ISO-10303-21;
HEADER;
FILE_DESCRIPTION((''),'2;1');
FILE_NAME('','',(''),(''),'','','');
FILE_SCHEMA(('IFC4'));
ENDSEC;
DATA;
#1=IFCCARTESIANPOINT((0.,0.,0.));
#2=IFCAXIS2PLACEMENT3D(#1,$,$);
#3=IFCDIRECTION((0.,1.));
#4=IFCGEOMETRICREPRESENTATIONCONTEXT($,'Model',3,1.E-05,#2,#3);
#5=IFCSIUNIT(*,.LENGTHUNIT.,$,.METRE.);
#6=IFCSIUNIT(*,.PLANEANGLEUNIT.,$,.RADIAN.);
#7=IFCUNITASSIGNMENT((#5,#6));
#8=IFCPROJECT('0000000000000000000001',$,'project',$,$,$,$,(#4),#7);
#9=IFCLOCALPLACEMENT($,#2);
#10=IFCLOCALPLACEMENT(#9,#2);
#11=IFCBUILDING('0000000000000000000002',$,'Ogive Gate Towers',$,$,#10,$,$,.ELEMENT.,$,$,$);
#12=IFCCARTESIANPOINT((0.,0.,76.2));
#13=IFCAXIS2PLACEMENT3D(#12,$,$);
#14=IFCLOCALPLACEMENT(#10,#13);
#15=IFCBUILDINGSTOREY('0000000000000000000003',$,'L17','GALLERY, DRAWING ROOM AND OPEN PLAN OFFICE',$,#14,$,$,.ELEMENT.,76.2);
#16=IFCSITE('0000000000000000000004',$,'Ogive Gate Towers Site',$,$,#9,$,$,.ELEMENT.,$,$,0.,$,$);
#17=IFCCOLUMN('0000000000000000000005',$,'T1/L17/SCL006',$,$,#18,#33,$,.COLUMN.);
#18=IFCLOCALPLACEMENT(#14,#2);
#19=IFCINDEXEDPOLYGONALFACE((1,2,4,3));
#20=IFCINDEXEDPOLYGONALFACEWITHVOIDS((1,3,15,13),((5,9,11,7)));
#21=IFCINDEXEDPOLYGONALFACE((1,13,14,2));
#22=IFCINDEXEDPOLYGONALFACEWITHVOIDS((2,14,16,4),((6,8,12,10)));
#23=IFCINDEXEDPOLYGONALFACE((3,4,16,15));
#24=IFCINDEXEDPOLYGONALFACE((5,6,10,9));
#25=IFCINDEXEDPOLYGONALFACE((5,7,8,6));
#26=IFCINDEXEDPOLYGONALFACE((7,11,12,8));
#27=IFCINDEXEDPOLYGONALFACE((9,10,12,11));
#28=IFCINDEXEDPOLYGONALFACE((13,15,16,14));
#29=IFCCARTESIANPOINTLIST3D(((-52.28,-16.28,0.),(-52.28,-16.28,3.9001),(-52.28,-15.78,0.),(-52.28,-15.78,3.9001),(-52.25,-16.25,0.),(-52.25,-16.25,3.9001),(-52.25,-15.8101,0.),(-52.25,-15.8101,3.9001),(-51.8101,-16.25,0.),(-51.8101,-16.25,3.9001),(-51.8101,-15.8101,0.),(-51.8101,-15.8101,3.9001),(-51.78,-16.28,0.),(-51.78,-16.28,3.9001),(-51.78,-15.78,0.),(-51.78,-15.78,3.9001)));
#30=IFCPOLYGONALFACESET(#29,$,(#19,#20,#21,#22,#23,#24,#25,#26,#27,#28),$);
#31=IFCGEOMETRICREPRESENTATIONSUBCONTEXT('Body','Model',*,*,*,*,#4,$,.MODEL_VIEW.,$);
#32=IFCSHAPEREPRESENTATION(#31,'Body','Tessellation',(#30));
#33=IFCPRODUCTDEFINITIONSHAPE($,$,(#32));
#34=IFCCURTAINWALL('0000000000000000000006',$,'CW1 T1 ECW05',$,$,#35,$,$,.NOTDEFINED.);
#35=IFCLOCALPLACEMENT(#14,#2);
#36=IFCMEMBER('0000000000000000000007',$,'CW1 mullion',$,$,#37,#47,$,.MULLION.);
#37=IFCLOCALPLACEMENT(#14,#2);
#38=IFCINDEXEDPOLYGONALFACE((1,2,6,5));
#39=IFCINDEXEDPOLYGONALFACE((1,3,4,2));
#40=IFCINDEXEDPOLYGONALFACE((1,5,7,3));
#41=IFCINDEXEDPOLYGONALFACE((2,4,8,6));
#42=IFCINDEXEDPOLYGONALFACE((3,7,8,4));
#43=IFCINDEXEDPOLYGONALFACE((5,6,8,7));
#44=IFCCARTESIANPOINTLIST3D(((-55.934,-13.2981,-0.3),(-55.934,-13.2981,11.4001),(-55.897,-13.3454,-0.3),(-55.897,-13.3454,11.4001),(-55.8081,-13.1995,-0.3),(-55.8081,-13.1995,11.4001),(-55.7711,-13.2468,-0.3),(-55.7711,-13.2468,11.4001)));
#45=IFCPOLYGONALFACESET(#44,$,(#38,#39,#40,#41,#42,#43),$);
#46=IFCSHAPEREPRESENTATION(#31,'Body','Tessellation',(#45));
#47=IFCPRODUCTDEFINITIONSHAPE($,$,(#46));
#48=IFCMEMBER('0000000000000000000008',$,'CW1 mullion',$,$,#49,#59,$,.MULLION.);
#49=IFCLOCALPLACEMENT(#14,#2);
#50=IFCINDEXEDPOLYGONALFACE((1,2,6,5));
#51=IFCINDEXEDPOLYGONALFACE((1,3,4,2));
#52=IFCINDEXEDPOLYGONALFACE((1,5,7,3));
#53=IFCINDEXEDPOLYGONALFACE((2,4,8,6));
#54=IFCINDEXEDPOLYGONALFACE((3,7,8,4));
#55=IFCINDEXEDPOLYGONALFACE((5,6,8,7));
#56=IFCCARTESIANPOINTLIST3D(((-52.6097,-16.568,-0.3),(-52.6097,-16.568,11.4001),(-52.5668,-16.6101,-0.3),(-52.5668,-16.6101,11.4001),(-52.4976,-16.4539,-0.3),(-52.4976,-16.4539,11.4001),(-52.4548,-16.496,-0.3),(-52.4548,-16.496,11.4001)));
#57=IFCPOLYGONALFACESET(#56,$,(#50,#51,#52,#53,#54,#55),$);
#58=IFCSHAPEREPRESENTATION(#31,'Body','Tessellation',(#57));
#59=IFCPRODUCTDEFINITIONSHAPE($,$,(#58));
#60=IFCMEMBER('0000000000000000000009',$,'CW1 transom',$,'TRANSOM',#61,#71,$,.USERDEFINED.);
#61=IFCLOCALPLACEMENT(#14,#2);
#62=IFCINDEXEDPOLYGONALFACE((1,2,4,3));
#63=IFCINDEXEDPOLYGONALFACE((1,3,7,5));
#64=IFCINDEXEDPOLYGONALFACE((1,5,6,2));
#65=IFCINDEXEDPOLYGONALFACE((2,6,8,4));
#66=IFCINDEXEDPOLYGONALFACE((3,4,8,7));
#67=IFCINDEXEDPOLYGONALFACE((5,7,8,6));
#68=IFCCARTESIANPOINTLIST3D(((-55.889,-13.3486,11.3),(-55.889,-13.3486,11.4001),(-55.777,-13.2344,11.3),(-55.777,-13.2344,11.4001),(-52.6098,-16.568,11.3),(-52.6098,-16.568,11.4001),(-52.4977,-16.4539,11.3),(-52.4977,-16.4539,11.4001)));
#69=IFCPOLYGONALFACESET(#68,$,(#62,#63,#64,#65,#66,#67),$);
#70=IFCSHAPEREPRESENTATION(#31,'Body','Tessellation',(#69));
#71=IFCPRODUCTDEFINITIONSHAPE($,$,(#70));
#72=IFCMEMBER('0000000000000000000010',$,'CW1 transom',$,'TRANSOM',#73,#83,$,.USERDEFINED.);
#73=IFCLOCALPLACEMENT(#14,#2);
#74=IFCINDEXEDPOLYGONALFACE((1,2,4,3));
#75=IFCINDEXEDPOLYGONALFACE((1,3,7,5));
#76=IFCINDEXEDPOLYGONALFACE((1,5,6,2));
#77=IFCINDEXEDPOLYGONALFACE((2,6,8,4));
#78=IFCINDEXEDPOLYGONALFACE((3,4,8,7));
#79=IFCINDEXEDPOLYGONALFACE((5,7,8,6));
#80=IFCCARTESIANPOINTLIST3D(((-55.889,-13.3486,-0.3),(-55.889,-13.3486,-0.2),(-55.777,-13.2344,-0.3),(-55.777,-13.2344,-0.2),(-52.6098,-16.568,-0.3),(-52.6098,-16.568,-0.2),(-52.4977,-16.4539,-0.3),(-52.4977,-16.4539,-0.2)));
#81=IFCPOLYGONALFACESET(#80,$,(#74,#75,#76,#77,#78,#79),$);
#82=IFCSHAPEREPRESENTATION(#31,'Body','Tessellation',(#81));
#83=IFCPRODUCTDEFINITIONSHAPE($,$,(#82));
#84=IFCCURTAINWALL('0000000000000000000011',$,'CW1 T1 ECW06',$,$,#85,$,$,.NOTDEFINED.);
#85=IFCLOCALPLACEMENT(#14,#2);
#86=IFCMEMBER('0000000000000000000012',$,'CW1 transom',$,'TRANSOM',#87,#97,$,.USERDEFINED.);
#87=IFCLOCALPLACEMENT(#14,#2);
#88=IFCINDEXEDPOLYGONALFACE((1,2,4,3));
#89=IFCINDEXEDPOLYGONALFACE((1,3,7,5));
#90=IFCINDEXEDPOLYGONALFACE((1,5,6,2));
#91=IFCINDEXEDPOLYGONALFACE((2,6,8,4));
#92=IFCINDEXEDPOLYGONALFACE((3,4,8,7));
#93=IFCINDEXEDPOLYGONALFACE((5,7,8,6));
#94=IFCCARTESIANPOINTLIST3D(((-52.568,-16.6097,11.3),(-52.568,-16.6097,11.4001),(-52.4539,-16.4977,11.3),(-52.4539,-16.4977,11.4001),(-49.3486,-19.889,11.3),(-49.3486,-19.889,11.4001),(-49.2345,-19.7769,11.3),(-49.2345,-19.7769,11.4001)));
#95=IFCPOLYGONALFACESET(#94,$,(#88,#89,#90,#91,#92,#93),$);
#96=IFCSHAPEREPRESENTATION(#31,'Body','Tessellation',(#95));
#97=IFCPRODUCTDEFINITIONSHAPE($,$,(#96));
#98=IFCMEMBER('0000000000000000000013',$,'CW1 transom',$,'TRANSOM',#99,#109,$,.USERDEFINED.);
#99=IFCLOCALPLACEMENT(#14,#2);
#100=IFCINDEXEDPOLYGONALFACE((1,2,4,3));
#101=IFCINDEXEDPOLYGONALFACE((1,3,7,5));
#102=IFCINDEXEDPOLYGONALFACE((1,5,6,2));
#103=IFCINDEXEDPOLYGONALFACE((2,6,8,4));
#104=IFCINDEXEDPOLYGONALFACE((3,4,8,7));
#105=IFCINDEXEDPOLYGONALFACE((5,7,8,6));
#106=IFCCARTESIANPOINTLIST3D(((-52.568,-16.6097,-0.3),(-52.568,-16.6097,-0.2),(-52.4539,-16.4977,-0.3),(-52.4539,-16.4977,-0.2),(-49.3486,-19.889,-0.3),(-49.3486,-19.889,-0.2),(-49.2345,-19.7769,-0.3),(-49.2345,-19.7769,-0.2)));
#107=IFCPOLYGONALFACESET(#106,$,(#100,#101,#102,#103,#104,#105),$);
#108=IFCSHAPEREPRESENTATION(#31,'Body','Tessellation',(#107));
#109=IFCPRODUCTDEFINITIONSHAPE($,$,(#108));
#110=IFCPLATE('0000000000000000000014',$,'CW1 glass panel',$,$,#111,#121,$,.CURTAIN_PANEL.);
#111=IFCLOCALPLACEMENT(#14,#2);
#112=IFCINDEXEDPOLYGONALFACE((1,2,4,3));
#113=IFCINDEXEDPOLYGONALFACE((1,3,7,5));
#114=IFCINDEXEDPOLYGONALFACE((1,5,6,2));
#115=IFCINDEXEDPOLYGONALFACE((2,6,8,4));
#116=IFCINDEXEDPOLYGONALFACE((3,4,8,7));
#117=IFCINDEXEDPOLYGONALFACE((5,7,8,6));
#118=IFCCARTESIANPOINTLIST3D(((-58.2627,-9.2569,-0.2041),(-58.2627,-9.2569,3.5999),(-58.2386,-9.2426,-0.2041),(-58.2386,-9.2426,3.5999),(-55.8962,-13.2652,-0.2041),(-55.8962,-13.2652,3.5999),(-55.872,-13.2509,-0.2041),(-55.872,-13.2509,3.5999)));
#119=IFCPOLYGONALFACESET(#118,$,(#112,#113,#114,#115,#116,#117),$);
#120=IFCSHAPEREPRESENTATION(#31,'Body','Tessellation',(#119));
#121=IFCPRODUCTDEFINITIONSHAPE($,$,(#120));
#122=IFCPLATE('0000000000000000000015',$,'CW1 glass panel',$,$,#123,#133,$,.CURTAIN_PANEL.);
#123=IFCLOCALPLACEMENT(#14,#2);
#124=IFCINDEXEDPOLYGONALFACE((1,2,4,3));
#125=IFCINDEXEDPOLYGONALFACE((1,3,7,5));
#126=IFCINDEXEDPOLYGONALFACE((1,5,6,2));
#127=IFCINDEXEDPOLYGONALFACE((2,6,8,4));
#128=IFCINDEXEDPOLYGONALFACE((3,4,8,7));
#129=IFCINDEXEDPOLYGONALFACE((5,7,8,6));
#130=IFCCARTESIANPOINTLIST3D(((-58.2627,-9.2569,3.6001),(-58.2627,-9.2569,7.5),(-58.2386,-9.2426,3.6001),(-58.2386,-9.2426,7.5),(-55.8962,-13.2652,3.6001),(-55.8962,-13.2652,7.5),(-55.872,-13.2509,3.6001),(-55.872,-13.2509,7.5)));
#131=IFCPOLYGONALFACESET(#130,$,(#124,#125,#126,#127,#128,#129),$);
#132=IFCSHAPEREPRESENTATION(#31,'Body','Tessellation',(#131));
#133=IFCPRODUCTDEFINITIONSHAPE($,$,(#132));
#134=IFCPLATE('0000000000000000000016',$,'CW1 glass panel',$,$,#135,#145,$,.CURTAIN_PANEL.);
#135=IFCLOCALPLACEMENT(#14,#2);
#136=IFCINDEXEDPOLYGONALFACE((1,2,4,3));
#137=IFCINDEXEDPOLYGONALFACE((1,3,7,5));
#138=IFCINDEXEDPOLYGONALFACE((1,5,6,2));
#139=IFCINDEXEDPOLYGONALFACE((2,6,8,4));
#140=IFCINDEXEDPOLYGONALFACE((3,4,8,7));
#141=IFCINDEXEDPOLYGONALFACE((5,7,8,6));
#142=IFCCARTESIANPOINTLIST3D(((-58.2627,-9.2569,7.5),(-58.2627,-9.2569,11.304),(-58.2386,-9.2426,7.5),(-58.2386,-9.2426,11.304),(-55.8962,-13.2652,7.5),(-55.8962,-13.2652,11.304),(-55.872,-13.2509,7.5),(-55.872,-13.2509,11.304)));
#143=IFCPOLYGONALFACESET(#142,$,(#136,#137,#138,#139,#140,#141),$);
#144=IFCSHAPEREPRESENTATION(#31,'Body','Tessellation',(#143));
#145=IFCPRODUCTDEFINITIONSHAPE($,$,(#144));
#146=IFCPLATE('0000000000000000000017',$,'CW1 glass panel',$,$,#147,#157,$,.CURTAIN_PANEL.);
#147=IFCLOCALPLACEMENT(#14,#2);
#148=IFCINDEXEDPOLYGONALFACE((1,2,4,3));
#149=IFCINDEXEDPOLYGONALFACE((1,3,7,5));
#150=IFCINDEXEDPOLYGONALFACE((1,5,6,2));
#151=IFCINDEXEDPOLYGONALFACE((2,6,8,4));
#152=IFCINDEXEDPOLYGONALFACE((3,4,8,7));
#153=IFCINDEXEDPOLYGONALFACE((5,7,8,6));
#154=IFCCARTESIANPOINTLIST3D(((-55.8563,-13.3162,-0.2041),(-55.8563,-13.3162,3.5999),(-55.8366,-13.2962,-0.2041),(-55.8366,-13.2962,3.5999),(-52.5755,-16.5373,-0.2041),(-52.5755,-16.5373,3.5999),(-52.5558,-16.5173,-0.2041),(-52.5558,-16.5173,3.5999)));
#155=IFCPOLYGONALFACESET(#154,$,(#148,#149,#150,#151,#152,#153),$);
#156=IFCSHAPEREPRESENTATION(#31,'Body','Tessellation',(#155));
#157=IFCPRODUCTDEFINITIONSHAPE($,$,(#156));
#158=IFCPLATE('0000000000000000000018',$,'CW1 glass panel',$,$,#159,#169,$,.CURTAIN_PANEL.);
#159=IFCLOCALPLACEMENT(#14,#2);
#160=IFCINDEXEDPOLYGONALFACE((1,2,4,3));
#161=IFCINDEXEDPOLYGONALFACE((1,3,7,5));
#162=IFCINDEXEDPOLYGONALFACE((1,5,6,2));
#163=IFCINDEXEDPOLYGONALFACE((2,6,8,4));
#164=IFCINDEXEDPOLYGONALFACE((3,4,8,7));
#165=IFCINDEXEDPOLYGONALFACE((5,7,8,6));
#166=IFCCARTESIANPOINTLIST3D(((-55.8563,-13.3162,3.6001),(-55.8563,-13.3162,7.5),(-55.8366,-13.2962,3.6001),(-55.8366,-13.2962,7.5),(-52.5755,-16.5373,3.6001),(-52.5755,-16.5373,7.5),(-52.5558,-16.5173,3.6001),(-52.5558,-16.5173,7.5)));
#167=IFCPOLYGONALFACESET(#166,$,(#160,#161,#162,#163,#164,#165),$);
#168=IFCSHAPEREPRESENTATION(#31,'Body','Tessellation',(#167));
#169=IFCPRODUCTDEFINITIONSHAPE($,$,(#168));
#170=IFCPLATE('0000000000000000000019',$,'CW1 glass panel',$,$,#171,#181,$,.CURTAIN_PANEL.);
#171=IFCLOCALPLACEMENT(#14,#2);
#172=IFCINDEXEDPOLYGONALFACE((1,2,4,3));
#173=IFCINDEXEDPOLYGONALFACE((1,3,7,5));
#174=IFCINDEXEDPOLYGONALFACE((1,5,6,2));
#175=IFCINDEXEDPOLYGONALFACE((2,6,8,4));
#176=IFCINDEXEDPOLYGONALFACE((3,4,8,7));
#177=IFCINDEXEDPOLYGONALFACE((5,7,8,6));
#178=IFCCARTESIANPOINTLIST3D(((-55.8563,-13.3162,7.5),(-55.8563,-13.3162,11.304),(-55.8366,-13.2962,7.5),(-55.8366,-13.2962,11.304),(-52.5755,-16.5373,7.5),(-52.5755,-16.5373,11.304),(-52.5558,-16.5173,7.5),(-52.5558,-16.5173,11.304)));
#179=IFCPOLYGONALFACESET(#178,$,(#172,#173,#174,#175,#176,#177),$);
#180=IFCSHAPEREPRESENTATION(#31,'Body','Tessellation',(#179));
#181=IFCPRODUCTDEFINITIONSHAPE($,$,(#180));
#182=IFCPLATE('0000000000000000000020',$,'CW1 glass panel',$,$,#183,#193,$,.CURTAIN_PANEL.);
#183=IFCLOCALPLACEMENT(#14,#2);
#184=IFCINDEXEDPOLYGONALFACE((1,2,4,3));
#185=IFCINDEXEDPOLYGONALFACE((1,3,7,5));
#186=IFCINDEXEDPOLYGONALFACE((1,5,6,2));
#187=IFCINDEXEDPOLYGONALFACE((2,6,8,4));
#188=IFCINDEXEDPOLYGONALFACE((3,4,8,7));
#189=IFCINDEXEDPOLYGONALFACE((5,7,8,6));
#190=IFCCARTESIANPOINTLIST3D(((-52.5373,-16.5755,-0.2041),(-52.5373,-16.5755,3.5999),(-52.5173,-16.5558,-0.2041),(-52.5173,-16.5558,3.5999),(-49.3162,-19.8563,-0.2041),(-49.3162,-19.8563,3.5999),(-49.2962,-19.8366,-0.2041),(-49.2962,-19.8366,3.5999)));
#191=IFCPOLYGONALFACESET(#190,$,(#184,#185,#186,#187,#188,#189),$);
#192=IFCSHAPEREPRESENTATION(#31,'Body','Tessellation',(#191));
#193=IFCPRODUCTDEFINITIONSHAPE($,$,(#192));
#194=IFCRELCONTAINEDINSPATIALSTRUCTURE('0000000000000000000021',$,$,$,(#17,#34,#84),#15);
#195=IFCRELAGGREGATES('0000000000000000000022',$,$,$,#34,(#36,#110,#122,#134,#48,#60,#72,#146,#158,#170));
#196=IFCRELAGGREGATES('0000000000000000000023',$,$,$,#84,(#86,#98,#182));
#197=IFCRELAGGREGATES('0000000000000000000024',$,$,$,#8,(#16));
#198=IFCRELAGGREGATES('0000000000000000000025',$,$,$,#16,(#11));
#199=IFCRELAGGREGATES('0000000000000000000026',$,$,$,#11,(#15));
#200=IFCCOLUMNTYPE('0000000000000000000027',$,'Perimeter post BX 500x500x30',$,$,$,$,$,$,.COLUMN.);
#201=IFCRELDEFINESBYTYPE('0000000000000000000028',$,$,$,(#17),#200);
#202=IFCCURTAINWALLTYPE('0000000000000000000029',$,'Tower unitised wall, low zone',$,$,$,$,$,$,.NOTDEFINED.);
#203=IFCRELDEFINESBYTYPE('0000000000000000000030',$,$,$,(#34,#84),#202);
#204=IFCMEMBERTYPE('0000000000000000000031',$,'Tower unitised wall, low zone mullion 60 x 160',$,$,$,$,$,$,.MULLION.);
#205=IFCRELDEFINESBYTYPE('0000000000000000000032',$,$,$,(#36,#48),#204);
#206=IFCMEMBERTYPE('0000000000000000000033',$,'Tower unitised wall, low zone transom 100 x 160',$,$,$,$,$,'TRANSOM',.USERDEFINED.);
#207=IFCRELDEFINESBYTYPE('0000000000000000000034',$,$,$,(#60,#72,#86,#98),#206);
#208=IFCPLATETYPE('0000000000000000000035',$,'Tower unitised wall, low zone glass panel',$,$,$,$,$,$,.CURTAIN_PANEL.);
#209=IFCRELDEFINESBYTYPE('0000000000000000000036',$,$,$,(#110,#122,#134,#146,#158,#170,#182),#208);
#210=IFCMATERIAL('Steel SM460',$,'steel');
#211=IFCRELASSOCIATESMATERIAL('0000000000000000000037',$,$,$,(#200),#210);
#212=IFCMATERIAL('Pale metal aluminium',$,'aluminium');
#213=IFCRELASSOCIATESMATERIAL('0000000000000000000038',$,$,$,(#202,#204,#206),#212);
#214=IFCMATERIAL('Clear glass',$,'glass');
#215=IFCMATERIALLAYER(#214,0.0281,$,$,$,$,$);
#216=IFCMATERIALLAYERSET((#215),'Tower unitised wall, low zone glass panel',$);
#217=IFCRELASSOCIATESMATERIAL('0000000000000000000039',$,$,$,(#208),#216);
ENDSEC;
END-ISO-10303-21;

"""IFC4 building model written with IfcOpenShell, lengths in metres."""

from ifc_helpers import new_model, si_unit, direction, frame, origin, origin_2d, place, context, subcontext, project, spatial, rectangle, hollow_rectangle, extrude, material, layer, layer_set, material_profile, profile_set, type_object, element, aggregate, save


model = new_model("IFC4")

# Units and contexts
model_context = context("Model", 3, precision=1e-05, world=origin(), true_north=direction((0.0, 1.0)))
body_context = subcontext(model_context, "Body", "Model", "MODEL_VIEW")
ifc_project = project(units=[si_unit("LENGTHUNIT", "METRE"), si_unit("PLANEANGLEUNIT", "RADIAN")], contexts=[model_context])

# Site, building, storey
site_placement = place(None, origin())
site = spatial("IfcSite", under=ifc_project, at=site_placement, Name="Ogive Gate Towers Site", CompositionType="ELEMENT", RefElevation=0.0)
building_placement = place(site_placement, origin())
building = spatial("IfcBuilding", under=site, at=building_placement, Name="Ogive Gate Towers", CompositionType="ELEMENT")
storey_placement = place(building_placement, frame((0.0, 0.0, 76.2)))
storey = spatial("IfcBuildingStorey", under=building, at=storey_placement, Name="L17", Description="GALLERY, DRAWING ROOM AND OPEN PLAN OFFICE", CompositionType="ELEMENT", Elevation=76.2)

# Column
ifc_material_1 = material(Name="Steel SM460", Category="steel")
ifc_material_profile_1 = material_profile(ifc_material_1, hollow_rectangle(XDim=0.5, YDim=0.5, WallThickness=0.03, at=origin_2d()), Name="BX 500x500x30")
ifc_profile_set_1 = profile_set([ifc_material_profile_1], Name="Steel SM460")
column_type = type_object("IfcColumnType", Name="Perimeter post BX 500x500x30", PredefinedType="COLUMN", material=ifc_profile_set_1)
column_placement = place(storey_placement, frame((-52.03, -16.03, 0.0), z_axis=(0.0, 0.0, 1.0), x_axis=(1.0, 0.0, 0.0)))
element("IfcColumn", 1, at=column_placement, inside=storey, type_object=column_type, Name="T1/L17/SCL006", PredefinedType="COLUMN", context=body_context, shape_type="SweptSolid", body=[
    extrude(hollow_rectangle(XDim=0.5, YDim=0.5, WallThickness=0.03, at=origin_2d()), origin(), (0.0, 0.0, 1.0), 3.9001),
])

# Curtain walls, members
ifc_material_2 = material(Name="Pale metal aluminium", Category="aluminium")
curtain_wall_type = type_object("IfcCurtainWallType", Name="Tower unitised wall, low zone", PredefinedType="NOTDEFINED", material=ifc_material_2)
curtain_wall_1_placement = place(storey_placement, origin())
curtain_wall_1 = element("IfcCurtainWall", 2, at=curtain_wall_1_placement, inside=storey, type_object=curtain_wall_type, Name="CW1 T1 ECW05", PredefinedType="NOTDEFINED")
ifc_material_profile_2 = material_profile(ifc_material_2, rectangle(XDim=0.1599, YDim=0.0601, at=origin_2d()), Name="60 x 160 aluminium box")
ifc_profile_set_2 = profile_set([ifc_material_profile_2], Name="Pale metal aluminium")
member_type_1 = type_object("IfcMemberType", Name="Tower unitised wall, low zone mullion 60 x 160", PredefinedType="MULLION", material=ifc_profile_set_2)
member_1_placement = place(storey_placement, frame((-55.8525, -13.2725, -0.3), z_axis=(0.0, 0.0, 1.0), x_axis=(-0.787559, -0.616239, 0.0)))
member_1 = element("IfcMember", 3, at=member_1_placement, type_object=member_type_1, Name="CW1 mullion", PredefinedType="MULLION", context=body_context, shape_type="SweptSolid", body=[
    extrude(rectangle(XDim=0.1599, YDim=0.0601, at=origin_2d()), origin(), (0.0, 0.0, 1.0), 11.7002),
])
member_2_placement = place(storey_placement, frame((-52.5322, -16.532, -0.3), z_axis=(0.0, 0.0, 1.0), x_axis=(-0.700586, -0.713568, 0.0)))
member_2 = element("IfcMember", 4, at=member_2_placement, type_object=member_type_1, Name="CW1 mullion", PredefinedType="MULLION", context=body_context, shape_type="SweptSolid", body=[
    extrude(rectangle(XDim=0.1599, YDim=0.0601, at=origin_2d()), origin(), (0.0, 0.0, 1.0), 11.7002),
])
ifc_material_profile_3 = material_profile(ifc_material_2, rectangle(XDim=0.1599, YDim=0.1001, at=origin_2d()), Name="100 x 160 aluminium box")
ifc_profile_set_3 = profile_set([ifc_material_profile_3], Name="Pale metal aluminium")
member_type_2 = type_object("IfcMemberType", Name="Tower unitised wall, low zone transom 100 x 160", ElementType="TRANSOM", PredefinedType="USERDEFINED", material=ifc_profile_set_3)
member_3_placement = place(storey_placement, frame((-55.833, -13.2915, 11.3501), z_axis=(0.713585, -0.700569, 0.0), x_axis=(0.700569, 0.713585, 0.0)))
member_3 = element("IfcMember", 5, at=member_3_placement, type_object=member_type_2, Name="CW1 transom", ObjectType="TRANSOM", PredefinedType="USERDEFINED", context=body_context, shape_type="SweptSolid", body=[
    extrude(rectangle(XDim=0.1599, YDim=0.1001, at=origin_2d()), origin(), (0.0, 0.0, 1.0), 4.5955),
])
member_4_placement = place(storey_placement, frame((-55.833, -13.2915, -0.25), z_axis=(0.713585, -0.700569, 0.0), x_axis=(0.700569, 0.713585, 0.0)))
member_4 = element("IfcMember", 6, at=member_4_placement, type_object=member_type_2, Name="CW1 transom", ObjectType="TRANSOM", PredefinedType="USERDEFINED", context=body_context, shape_type="SweptSolid", body=[
    extrude(rectangle(XDim=0.1599, YDim=0.1001, at=origin_2d()), origin(), (0.0, 0.0, 1.0), 4.5955),
])
curtain_wall_2_placement = place(storey_placement, origin())
curtain_wall_2 = element("IfcCurtainWall", 7, at=curtain_wall_2_placement, inside=storey, type_object=curtain_wall_type, Name="CW1 T1 ECW06", PredefinedType="NOTDEFINED")
member_5_placement = place(storey_placement, frame((-52.511, -16.5537, 11.3501), z_axis=(0.700569, -0.713585, 0.0), x_axis=(0.713585, 0.700569, 0.0)))
member_5 = element("IfcMember", 8, at=member_5_placement, type_object=member_type_2, Name="CW1 transom", ObjectType="TRANSOM", PredefinedType="USERDEFINED", context=body_context, shape_type="SweptSolid", body=[
    extrude(rectangle(XDim=0.1599, YDim=0.1001, at=origin_2d()), origin(), (0.0, 0.0, 1.0), 4.5955),
])
member_6_placement = place(storey_placement, frame((-52.511, -16.5537, -0.25), z_axis=(0.700569, -0.713585, 0.0), x_axis=(0.713585, 0.700569, 0.0)))
member_6 = element("IfcMember", 9, at=member_6_placement, type_object=member_type_2, Name="CW1 transom", ObjectType="TRANSOM", PredefinedType="USERDEFINED", context=body_context, shape_type="SweptSolid", body=[
    extrude(rectangle(XDim=0.1599, YDim=0.1001, at=origin_2d()), origin(), (0.0, 0.0, 1.0), 4.5955),
])

# Plates
ifc_material_3 = material(Name="Clear glass", Category="glass")
ifc_layer_1 = layer(ifc_material_3, 0.0281)
ifc_layer_set_1 = layer_set([ifc_layer_1], Name="Tower unitised wall, low zone glass panel")
plate_type = type_object("IfcPlateType", Name="Tower unitised wall, low zone glass panel", PredefinedType="CURTAIN_PANEL", material=ifc_layer_set_1)
plate_1_placement = place(storey_placement, frame((-57.0674, -11.2539, -0.2041), z_axis=(0.0, 0.0, 1.0), x_axis=(0.50841, -0.861115, 0.0)))
plate_1 = element("IfcPlate", 10, at=plate_1_placement, type_object=plate_type, Name="CW1 glass panel", PredefinedType="CURTAIN_PANEL", context=body_context, shape_type="SweptSolid", body=[
    extrude(rectangle(XDim=4.6548, YDim=0.0281, at=origin_2d()), origin(), (0.0, 0.0, 1.0), 3.804),
])
plate_2_placement = place(storey_placement, frame((-57.0674, -11.2539, 3.6001), z_axis=(0.0, 0.0, 1.0), x_axis=(0.50841, -0.861115, 0.0)))
plate_2 = element("IfcPlate", 11, at=plate_2_placement, type_object=plate_type, Name="CW1 glass panel", PredefinedType="CURTAIN_PANEL", context=body_context, shape_type="SweptSolid", body=[
    extrude(rectangle(XDim=4.6548, YDim=0.0281, at=origin_2d()), origin(), (0.0, 0.0, 1.0), 3.8999),
])
plate_3_placement = place(storey_placement, frame((-57.0674, -11.2539, 7.5), z_axis=(0.0, 0.0, 1.0), x_axis=(0.50841, -0.861115, 0.0)))
plate_3 = element("IfcPlate", 12, at=plate_3_placement, type_object=plate_type, Name="CW1 glass panel", PredefinedType="CURTAIN_PANEL", context=body_context, shape_type="SweptSolid", body=[
    extrude(rectangle(XDim=4.6548, YDim=0.0281, at=origin_2d()), origin(), (0.0, 0.0, 1.0), 3.804),
])
plate_4_placement = place(storey_placement, frame((-54.2061, -14.9167, -0.2041), z_axis=(0.0, 0.0, 1.0), x_axis=(0.713568, -0.700586, 0.0)))
plate_4 = element("IfcPlate", 13, at=plate_4_placement, type_object=plate_type, Name="CW1 glass panel", PredefinedType="CURTAIN_PANEL", context=body_context, shape_type="SweptSolid", body=[
    extrude(rectangle(XDim=4.5977, YDim=0.0281, at=origin_2d()), origin(), (0.0, 0.0, 1.0), 3.804),
])
plate_5_placement = place(storey_placement, frame((-54.2061, -14.9167, 3.6001), z_axis=(0.0, 0.0, 1.0), x_axis=(0.713568, -0.700586, 0.0)))
plate_5 = element("IfcPlate", 14, at=plate_5_placement, type_object=plate_type, Name="CW1 glass panel", PredefinedType="CURTAIN_PANEL", context=body_context, shape_type="SweptSolid", body=[
    extrude(rectangle(XDim=4.5977, YDim=0.0281, at=origin_2d()), origin(), (0.0, 0.0, 1.0), 3.8999),
])
plate_6_placement = place(storey_placement, frame((-54.2061, -14.9167, 7.5), z_axis=(0.0, 0.0, 1.0), x_axis=(0.713568, -0.700586, 0.0)))
plate_6 = element("IfcPlate", 15, at=plate_6_placement, type_object=plate_type, Name="CW1 glass panel", PredefinedType="CURTAIN_PANEL", context=body_context, shape_type="SweptSolid", body=[
    extrude(rectangle(XDim=4.5977, YDim=0.0281, at=origin_2d()), origin(), (0.0, 0.0, 1.0), 3.804),
])
aggregate(curtain_wall_1, [member_1, plate_1, plate_2, plate_3, member_2, member_3, member_4, plate_4, plate_5, plate_6])
plate_7_placement = place(storey_placement, frame((-50.9167, -18.2061, -0.2041), z_axis=(0.0, 0.0, 1.0), x_axis=(0.700586, -0.713568, 0.0)))
plate_7 = element("IfcPlate", 16, at=plate_7_placement, type_object=plate_type, Name="CW1 glass panel", PredefinedType="CURTAIN_PANEL", context=body_context, shape_type="SweptSolid", body=[
    extrude(rectangle(XDim=4.5977, YDim=0.0281, at=origin_2d()), origin(), (0.0, 0.0, 1.0), 3.804),
])
aggregate(curtain_wall_2, [member_5, member_6, plate_7])

save(model, "model.ifc")
